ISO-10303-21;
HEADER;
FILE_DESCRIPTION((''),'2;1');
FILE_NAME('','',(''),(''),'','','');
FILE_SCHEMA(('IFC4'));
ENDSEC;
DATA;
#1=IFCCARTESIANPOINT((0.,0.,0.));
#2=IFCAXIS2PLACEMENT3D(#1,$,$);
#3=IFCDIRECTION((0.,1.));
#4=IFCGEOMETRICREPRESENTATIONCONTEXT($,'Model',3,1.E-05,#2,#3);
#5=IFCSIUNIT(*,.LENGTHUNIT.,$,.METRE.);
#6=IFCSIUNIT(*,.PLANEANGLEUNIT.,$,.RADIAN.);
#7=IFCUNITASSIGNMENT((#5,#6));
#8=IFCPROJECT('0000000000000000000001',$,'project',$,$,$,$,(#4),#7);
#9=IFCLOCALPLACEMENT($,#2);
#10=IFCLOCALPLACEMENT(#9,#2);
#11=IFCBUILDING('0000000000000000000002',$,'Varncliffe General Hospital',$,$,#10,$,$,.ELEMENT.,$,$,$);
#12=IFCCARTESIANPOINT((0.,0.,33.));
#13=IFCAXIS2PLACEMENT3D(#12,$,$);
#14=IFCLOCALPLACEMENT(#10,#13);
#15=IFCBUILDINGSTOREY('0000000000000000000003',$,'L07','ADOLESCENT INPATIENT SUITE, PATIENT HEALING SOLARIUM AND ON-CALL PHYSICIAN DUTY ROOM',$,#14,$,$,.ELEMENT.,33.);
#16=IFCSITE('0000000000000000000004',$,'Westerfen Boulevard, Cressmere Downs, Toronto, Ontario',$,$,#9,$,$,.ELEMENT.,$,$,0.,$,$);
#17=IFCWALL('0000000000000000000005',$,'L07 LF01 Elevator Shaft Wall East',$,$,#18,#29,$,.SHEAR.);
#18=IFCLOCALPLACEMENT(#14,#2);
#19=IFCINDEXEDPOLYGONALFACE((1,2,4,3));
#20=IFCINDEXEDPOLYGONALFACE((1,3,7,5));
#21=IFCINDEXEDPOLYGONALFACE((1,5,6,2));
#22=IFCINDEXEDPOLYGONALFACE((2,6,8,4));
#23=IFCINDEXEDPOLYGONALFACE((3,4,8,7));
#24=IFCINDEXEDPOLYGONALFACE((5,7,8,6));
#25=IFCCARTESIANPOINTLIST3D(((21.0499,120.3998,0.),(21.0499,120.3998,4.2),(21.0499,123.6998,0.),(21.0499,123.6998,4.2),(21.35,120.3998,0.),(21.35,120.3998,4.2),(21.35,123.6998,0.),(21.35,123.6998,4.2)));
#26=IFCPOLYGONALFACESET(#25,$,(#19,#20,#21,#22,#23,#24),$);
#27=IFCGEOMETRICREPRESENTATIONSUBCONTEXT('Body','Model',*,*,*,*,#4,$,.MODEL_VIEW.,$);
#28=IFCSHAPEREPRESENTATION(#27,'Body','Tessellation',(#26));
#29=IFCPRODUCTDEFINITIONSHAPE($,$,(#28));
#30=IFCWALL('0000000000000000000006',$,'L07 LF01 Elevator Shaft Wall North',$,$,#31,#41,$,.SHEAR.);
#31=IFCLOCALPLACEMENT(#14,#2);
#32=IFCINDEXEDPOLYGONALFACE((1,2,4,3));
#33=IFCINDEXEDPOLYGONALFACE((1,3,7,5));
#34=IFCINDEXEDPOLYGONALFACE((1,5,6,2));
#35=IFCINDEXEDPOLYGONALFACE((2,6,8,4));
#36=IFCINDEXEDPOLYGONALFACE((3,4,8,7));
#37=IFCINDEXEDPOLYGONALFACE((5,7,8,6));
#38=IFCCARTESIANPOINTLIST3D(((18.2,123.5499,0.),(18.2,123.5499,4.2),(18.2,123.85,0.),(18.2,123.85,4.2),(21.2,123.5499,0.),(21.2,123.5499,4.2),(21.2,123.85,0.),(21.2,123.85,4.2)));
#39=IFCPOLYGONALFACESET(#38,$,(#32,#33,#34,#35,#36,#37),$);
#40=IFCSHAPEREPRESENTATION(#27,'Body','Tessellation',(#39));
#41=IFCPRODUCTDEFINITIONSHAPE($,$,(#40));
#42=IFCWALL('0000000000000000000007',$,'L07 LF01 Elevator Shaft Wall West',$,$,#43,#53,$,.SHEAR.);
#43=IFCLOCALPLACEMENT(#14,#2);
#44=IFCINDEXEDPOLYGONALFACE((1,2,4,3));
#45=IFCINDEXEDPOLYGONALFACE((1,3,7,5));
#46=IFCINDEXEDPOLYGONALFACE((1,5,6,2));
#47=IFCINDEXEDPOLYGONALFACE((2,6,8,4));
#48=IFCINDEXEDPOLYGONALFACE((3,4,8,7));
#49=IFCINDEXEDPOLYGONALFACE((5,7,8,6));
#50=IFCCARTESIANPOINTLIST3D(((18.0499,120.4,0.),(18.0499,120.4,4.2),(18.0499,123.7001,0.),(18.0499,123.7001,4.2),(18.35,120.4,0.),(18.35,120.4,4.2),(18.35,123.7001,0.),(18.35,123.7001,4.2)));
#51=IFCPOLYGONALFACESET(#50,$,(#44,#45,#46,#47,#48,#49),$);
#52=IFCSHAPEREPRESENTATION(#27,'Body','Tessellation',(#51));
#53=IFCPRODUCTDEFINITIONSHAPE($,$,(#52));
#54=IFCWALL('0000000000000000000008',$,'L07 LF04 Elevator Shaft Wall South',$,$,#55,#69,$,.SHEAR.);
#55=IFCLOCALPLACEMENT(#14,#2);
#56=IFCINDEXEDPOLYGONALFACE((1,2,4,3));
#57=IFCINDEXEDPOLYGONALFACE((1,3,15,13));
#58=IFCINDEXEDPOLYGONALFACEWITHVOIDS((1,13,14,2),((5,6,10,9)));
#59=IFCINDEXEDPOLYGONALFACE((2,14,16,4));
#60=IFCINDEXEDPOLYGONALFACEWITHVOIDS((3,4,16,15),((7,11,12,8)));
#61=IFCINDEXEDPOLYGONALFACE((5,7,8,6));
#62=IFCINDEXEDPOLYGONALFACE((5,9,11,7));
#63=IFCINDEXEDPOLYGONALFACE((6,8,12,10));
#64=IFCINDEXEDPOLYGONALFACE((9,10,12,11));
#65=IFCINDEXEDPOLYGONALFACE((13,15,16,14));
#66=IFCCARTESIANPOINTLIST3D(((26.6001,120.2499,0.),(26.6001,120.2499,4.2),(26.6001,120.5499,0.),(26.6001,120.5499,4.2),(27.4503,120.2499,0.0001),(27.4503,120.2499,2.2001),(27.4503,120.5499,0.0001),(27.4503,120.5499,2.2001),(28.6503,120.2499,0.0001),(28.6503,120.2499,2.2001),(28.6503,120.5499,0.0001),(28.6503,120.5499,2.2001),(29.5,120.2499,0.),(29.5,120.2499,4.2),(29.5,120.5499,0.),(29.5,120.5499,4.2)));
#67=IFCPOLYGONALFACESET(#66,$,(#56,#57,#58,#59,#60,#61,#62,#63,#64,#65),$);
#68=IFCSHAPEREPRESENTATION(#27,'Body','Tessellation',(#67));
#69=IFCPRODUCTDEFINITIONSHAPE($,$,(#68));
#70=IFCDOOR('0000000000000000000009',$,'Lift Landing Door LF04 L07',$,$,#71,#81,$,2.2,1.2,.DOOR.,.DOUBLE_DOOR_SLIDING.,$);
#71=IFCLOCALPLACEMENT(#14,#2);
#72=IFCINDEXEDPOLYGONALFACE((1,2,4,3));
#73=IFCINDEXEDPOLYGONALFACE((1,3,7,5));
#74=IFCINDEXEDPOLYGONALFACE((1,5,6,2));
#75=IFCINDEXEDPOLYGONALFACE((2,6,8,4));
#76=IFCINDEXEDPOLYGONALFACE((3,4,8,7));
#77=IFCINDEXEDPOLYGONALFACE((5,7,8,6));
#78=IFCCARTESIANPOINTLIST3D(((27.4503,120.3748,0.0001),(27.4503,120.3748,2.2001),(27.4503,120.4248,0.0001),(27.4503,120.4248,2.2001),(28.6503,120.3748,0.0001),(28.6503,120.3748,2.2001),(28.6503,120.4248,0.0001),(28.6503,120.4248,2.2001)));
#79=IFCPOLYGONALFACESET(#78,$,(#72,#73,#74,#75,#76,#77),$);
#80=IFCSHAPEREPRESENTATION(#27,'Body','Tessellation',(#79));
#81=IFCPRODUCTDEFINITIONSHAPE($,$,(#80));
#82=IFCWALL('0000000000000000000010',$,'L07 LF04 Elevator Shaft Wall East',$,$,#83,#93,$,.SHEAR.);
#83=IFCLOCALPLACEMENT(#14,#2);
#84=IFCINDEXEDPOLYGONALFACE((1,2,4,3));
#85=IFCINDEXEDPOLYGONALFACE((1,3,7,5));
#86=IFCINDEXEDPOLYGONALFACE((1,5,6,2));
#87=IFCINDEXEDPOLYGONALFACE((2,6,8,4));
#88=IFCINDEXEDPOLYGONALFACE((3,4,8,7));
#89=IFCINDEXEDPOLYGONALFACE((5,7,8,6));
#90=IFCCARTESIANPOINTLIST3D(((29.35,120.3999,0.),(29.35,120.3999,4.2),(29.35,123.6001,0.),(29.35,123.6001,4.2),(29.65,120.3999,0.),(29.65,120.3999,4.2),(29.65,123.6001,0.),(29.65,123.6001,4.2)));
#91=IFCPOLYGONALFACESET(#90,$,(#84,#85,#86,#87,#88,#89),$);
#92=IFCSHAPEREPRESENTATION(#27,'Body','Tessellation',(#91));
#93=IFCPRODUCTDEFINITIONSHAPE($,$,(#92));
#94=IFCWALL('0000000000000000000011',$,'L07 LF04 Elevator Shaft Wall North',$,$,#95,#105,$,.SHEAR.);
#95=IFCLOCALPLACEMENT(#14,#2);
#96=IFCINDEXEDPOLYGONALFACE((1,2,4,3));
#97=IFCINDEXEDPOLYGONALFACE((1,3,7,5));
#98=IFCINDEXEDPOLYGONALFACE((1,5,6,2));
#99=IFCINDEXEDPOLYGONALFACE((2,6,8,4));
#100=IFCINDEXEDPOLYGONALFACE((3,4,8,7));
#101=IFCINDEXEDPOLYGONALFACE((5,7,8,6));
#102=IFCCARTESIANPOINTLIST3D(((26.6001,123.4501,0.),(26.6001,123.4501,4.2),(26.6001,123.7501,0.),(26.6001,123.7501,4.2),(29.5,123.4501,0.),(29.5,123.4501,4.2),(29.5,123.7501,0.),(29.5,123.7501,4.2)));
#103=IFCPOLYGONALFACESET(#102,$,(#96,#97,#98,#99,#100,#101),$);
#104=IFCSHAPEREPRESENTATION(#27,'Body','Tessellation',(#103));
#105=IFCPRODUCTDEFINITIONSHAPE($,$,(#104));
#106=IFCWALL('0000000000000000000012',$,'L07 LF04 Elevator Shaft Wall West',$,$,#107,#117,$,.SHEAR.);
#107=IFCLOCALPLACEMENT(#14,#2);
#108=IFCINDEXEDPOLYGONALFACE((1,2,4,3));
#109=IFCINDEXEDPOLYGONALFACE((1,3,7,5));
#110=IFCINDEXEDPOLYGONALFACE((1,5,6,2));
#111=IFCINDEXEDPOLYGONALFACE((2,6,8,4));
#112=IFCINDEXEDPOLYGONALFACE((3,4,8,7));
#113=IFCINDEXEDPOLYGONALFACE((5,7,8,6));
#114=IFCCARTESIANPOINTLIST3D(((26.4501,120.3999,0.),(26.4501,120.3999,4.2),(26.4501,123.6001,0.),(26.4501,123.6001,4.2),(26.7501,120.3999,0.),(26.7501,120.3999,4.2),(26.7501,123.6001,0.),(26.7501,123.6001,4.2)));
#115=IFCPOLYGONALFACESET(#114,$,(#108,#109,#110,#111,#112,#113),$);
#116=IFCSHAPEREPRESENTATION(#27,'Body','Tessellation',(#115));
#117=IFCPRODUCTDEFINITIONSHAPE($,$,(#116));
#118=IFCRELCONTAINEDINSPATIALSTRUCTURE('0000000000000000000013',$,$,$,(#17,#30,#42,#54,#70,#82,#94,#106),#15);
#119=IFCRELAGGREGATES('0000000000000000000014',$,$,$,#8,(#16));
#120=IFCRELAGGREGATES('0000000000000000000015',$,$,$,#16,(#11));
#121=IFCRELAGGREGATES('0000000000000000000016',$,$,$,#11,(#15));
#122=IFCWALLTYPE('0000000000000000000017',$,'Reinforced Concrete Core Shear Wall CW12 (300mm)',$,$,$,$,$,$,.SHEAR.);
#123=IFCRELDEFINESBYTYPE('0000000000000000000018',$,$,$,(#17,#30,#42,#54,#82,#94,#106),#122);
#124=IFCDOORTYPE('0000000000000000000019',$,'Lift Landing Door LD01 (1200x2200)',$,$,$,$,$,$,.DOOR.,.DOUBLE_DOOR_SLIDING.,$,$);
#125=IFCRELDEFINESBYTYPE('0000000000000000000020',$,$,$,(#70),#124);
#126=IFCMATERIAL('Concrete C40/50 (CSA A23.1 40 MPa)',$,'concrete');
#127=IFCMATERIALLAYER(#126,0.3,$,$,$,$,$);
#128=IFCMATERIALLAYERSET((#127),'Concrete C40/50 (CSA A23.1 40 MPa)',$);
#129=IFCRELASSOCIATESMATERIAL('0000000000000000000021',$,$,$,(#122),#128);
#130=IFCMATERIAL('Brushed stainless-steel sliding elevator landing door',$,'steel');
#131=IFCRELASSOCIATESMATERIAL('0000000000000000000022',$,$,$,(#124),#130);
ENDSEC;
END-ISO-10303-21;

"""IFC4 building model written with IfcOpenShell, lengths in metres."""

from ifc_helpers import new_model, si_unit, direction, frame, frame_2d, origin, place, context, subcontext, project, spatial, rectangle, extrude, material, layer, layer_set, type_object, element, fill, save


model = new_model("IFC4")

# Units and contexts
model_context = context("Model", 3, precision=1e-05, world=origin(), true_north=direction((0.0, 1.0)))
body_context = subcontext(model_context, "Body", "Model", "MODEL_VIEW")
ifc_project = project(units=[si_unit("LENGTHUNIT", "METRE"), si_unit("PLANEANGLEUNIT", "RADIAN")], contexts=[model_context])

# Site, building, storey
site_placement = place(None, origin())
site = spatial("IfcSite", under=ifc_project, at=site_placement, Name="Westerfen Boulevard, Cressmere Downs, Toronto, Ontario", CompositionType="ELEMENT", RefElevation=0.0)
building_placement = place(site_placement, origin())
building = spatial("IfcBuilding", under=site, at=building_placement, Name="Varncliffe General Hospital", CompositionType="ELEMENT")
storey_placement = place(building_placement, frame((0.0, 0.0, 33.0)))
storey = spatial("IfcBuildingStorey", under=building, at=storey_placement, Name="L07", Description="ADOLESCENT INPATIENT SUITE, PATIENT HEALING SOLARIUM AND ON-CALL PHYSICIAN DUTY ROOM", CompositionType="ELEMENT", Elevation=33.0)

# Shared definitions
ifc_material_1 = material(Name="Concrete C40/50 (CSA A23.1 40 MPa)", Category="concrete")

# Shared definitions
ifc_layer_1 = layer(ifc_material_1, 0.3)
ifc_layer_set_1 = layer_set([ifc_layer_1], Name="Concrete C40/50 (CSA A23.1 40 MPa)")
wall_type_1 = type_object("IfcWallType", Name="Reinforced Concrete Core Shear Wall CW12 (300mm)", PredefinedType="SHEAR", material=ifc_layer_set_1)
ifc_material_2 = material(Name="Brushed stainless-steel sliding elevator landing door", Category="steel")

# Walls
wall_1_placement = place(storey_placement, frame((21.2, 120.3999, 0.0), z_axis=(0.0, 0.0, 1.0), x_axis=(0.0, 1.0, 0.0)))
element("IfcWall", 1, at=wall_1_placement, inside=storey, type_object=wall_type_1, Name="L07 LF01 Elevator Shaft Wall East", PredefinedType="SHEAR", context=body_context, shape_type="SweptSolid", body=[
    extrude(rectangle(XDim=3.3, YDim=0.3, at=frame_2d((1.6499, 0.0))), origin(), (0.0, 0.0, 1.0), 4.2),
])
wall_2_placement = place(storey_placement, frame((21.2, 123.7, 0.0), z_axis=(0.0, 0.0, 1.0), x_axis=(-1.0, 0.0, 0.0)))
element("IfcWall", 2, at=wall_2_placement, inside=storey, type_object=wall_type_1, Name="L07 LF01 Elevator Shaft Wall North", PredefinedType="SHEAR", context=body_context, shape_type="SweptSolid", body=[
    extrude(rectangle(XDim=3.0, YDim=0.3, at=frame_2d((1.5, 0.0))), origin(), (0.0, 0.0, 1.0), 4.2),
])
wall_3_placement = place(storey_placement, frame((18.2, 123.7, 0.0), z_axis=(0.0, 0.0, 1.0), x_axis=(0.0, -1.0, 0.0)))
element("IfcWall", 3, at=wall_3_placement, inside=storey, type_object=wall_type_1, Name="L07 LF01 Elevator Shaft Wall West", PredefinedType="SHEAR", context=body_context, shape_type="SweptSolid", body=[
    extrude(rectangle(XDim=3.3, YDim=0.3, at=frame_2d((1.6499, 0.0))), origin(), (0.0, 0.0, 1.0), 4.2),
])

# Wall, opening, door
wall_4_placement = place(storey_placement, frame((26.6001, 120.3999, 0.0), z_axis=(0.0, 0.0, 1.0), x_axis=(1.0, 0.0, 0.0)))
wall_4 = element("IfcWall", 4, at=wall_4_placement, inside=storey, type_object=wall_type_1, Name="L07 LF04 Elevator Shaft Wall South", PredefinedType="SHEAR", context=body_context, shape_type="SweptSolid", body=[
    extrude(rectangle(XDim=2.8999, YDim=0.3, at=frame_2d((1.45, 0.0))), origin(), (0.0, 0.0, 1.0), 4.2),
])
opening_1_placement = place(wall_4_placement, frame((0.8501, 0.0, 0.0)))
opening_1 = element("IfcOpeningElement", 5, at=opening_1_placement, cuts=wall_4, PredefinedType="OPENING", context=body_context, shape_type="SweptSolid", body=[
    extrude(rectangle(XDim=1.2, YDim=2.2, at=frame_2d((0.6001, 1.1001))), frame((0.0, 0.1602, 0.0), z_axis=(0.0, -1.0, 0.0), x_axis=(1.0, 0.0, 0.0)), (0.0, 0.0, 1.0), 0.3201),
])
door_type_1 = type_object("IfcDoorType", Name="Lift Landing Door LD01 (1200x2200)", OperationType="DOUBLE_DOOR_SLIDING", PredefinedType="DOOR", material=ifc_material_2)
door_1_placement = place(opening_1_placement, origin())
door_1 = element("IfcDoor", 6, at=door_1_placement, inside=storey, type_object=door_type_1, Name="Lift Landing Door LF04 L07", OperationType="DOUBLE_DOOR_SLIDING", OverallHeight=2.2, OverallWidth=1.2, PredefinedType="DOOR", context=body_context, shape_type="SweptSolid", body=[
    extrude(rectangle(XDim=1.2, YDim=2.2, at=frame_2d((0.6001, 1.1001))), frame((0.0, 0.0249, 0.0), z_axis=(0.0, -1.0, 0.0), x_axis=(1.0, 0.0, 0.0)), (0.0, 0.0, 1.0), 0.05),
])
fill(opening_1, door_1)

# Walls
wall_5_placement = place(storey_placement, frame((29.5, 120.3999, 0.0), z_axis=(0.0, 0.0, 1.0), x_axis=(0.0, 1.0, 0.0)))
element("IfcWall", 7, at=wall_5_placement, inside=storey, type_object=wall_type_1, Name="L07 LF04 Elevator Shaft Wall East", PredefinedType="SHEAR", context=body_context, shape_type="SweptSolid", body=[
    extrude(rectangle(XDim=3.2002, YDim=0.3, at=frame_2d((1.6001, 0.0))), origin(), (0.0, 0.0, 1.0), 4.2),
])
wall_6_placement = place(storey_placement, frame((29.5, 123.6001, 0.0), z_axis=(0.0, 0.0, 1.0), x_axis=(-1.0, 0.0, 0.0)))
element("IfcWall", 8, at=wall_6_placement, inside=storey, type_object=wall_type_1, Name="L07 LF04 Elevator Shaft Wall North", PredefinedType="SHEAR", context=body_context, shape_type="SweptSolid", body=[
    extrude(rectangle(XDim=2.8999, YDim=0.3, at=frame_2d((1.45, 0.0))), origin(), (0.0, 0.0, 1.0), 4.2),
])
wall_7_placement = place(storey_placement, frame((26.6001, 123.6001, 0.0), z_axis=(0.0, 0.0, 1.0), x_axis=(0.0, -1.0, 0.0)))
element("IfcWall", 9, at=wall_7_placement, inside=storey, type_object=wall_type_1, Name="L07 LF04 Elevator Shaft Wall West", PredefinedType="SHEAR", context=body_context, shape_type="SweptSolid", body=[
    extrude(rectangle(XDim=3.2002, YDim=0.3, at=frame_2d((1.6001, 0.0))), origin(), (0.0, 0.0, 1.0), 4.2),
])

save(model, "model.ifc")
